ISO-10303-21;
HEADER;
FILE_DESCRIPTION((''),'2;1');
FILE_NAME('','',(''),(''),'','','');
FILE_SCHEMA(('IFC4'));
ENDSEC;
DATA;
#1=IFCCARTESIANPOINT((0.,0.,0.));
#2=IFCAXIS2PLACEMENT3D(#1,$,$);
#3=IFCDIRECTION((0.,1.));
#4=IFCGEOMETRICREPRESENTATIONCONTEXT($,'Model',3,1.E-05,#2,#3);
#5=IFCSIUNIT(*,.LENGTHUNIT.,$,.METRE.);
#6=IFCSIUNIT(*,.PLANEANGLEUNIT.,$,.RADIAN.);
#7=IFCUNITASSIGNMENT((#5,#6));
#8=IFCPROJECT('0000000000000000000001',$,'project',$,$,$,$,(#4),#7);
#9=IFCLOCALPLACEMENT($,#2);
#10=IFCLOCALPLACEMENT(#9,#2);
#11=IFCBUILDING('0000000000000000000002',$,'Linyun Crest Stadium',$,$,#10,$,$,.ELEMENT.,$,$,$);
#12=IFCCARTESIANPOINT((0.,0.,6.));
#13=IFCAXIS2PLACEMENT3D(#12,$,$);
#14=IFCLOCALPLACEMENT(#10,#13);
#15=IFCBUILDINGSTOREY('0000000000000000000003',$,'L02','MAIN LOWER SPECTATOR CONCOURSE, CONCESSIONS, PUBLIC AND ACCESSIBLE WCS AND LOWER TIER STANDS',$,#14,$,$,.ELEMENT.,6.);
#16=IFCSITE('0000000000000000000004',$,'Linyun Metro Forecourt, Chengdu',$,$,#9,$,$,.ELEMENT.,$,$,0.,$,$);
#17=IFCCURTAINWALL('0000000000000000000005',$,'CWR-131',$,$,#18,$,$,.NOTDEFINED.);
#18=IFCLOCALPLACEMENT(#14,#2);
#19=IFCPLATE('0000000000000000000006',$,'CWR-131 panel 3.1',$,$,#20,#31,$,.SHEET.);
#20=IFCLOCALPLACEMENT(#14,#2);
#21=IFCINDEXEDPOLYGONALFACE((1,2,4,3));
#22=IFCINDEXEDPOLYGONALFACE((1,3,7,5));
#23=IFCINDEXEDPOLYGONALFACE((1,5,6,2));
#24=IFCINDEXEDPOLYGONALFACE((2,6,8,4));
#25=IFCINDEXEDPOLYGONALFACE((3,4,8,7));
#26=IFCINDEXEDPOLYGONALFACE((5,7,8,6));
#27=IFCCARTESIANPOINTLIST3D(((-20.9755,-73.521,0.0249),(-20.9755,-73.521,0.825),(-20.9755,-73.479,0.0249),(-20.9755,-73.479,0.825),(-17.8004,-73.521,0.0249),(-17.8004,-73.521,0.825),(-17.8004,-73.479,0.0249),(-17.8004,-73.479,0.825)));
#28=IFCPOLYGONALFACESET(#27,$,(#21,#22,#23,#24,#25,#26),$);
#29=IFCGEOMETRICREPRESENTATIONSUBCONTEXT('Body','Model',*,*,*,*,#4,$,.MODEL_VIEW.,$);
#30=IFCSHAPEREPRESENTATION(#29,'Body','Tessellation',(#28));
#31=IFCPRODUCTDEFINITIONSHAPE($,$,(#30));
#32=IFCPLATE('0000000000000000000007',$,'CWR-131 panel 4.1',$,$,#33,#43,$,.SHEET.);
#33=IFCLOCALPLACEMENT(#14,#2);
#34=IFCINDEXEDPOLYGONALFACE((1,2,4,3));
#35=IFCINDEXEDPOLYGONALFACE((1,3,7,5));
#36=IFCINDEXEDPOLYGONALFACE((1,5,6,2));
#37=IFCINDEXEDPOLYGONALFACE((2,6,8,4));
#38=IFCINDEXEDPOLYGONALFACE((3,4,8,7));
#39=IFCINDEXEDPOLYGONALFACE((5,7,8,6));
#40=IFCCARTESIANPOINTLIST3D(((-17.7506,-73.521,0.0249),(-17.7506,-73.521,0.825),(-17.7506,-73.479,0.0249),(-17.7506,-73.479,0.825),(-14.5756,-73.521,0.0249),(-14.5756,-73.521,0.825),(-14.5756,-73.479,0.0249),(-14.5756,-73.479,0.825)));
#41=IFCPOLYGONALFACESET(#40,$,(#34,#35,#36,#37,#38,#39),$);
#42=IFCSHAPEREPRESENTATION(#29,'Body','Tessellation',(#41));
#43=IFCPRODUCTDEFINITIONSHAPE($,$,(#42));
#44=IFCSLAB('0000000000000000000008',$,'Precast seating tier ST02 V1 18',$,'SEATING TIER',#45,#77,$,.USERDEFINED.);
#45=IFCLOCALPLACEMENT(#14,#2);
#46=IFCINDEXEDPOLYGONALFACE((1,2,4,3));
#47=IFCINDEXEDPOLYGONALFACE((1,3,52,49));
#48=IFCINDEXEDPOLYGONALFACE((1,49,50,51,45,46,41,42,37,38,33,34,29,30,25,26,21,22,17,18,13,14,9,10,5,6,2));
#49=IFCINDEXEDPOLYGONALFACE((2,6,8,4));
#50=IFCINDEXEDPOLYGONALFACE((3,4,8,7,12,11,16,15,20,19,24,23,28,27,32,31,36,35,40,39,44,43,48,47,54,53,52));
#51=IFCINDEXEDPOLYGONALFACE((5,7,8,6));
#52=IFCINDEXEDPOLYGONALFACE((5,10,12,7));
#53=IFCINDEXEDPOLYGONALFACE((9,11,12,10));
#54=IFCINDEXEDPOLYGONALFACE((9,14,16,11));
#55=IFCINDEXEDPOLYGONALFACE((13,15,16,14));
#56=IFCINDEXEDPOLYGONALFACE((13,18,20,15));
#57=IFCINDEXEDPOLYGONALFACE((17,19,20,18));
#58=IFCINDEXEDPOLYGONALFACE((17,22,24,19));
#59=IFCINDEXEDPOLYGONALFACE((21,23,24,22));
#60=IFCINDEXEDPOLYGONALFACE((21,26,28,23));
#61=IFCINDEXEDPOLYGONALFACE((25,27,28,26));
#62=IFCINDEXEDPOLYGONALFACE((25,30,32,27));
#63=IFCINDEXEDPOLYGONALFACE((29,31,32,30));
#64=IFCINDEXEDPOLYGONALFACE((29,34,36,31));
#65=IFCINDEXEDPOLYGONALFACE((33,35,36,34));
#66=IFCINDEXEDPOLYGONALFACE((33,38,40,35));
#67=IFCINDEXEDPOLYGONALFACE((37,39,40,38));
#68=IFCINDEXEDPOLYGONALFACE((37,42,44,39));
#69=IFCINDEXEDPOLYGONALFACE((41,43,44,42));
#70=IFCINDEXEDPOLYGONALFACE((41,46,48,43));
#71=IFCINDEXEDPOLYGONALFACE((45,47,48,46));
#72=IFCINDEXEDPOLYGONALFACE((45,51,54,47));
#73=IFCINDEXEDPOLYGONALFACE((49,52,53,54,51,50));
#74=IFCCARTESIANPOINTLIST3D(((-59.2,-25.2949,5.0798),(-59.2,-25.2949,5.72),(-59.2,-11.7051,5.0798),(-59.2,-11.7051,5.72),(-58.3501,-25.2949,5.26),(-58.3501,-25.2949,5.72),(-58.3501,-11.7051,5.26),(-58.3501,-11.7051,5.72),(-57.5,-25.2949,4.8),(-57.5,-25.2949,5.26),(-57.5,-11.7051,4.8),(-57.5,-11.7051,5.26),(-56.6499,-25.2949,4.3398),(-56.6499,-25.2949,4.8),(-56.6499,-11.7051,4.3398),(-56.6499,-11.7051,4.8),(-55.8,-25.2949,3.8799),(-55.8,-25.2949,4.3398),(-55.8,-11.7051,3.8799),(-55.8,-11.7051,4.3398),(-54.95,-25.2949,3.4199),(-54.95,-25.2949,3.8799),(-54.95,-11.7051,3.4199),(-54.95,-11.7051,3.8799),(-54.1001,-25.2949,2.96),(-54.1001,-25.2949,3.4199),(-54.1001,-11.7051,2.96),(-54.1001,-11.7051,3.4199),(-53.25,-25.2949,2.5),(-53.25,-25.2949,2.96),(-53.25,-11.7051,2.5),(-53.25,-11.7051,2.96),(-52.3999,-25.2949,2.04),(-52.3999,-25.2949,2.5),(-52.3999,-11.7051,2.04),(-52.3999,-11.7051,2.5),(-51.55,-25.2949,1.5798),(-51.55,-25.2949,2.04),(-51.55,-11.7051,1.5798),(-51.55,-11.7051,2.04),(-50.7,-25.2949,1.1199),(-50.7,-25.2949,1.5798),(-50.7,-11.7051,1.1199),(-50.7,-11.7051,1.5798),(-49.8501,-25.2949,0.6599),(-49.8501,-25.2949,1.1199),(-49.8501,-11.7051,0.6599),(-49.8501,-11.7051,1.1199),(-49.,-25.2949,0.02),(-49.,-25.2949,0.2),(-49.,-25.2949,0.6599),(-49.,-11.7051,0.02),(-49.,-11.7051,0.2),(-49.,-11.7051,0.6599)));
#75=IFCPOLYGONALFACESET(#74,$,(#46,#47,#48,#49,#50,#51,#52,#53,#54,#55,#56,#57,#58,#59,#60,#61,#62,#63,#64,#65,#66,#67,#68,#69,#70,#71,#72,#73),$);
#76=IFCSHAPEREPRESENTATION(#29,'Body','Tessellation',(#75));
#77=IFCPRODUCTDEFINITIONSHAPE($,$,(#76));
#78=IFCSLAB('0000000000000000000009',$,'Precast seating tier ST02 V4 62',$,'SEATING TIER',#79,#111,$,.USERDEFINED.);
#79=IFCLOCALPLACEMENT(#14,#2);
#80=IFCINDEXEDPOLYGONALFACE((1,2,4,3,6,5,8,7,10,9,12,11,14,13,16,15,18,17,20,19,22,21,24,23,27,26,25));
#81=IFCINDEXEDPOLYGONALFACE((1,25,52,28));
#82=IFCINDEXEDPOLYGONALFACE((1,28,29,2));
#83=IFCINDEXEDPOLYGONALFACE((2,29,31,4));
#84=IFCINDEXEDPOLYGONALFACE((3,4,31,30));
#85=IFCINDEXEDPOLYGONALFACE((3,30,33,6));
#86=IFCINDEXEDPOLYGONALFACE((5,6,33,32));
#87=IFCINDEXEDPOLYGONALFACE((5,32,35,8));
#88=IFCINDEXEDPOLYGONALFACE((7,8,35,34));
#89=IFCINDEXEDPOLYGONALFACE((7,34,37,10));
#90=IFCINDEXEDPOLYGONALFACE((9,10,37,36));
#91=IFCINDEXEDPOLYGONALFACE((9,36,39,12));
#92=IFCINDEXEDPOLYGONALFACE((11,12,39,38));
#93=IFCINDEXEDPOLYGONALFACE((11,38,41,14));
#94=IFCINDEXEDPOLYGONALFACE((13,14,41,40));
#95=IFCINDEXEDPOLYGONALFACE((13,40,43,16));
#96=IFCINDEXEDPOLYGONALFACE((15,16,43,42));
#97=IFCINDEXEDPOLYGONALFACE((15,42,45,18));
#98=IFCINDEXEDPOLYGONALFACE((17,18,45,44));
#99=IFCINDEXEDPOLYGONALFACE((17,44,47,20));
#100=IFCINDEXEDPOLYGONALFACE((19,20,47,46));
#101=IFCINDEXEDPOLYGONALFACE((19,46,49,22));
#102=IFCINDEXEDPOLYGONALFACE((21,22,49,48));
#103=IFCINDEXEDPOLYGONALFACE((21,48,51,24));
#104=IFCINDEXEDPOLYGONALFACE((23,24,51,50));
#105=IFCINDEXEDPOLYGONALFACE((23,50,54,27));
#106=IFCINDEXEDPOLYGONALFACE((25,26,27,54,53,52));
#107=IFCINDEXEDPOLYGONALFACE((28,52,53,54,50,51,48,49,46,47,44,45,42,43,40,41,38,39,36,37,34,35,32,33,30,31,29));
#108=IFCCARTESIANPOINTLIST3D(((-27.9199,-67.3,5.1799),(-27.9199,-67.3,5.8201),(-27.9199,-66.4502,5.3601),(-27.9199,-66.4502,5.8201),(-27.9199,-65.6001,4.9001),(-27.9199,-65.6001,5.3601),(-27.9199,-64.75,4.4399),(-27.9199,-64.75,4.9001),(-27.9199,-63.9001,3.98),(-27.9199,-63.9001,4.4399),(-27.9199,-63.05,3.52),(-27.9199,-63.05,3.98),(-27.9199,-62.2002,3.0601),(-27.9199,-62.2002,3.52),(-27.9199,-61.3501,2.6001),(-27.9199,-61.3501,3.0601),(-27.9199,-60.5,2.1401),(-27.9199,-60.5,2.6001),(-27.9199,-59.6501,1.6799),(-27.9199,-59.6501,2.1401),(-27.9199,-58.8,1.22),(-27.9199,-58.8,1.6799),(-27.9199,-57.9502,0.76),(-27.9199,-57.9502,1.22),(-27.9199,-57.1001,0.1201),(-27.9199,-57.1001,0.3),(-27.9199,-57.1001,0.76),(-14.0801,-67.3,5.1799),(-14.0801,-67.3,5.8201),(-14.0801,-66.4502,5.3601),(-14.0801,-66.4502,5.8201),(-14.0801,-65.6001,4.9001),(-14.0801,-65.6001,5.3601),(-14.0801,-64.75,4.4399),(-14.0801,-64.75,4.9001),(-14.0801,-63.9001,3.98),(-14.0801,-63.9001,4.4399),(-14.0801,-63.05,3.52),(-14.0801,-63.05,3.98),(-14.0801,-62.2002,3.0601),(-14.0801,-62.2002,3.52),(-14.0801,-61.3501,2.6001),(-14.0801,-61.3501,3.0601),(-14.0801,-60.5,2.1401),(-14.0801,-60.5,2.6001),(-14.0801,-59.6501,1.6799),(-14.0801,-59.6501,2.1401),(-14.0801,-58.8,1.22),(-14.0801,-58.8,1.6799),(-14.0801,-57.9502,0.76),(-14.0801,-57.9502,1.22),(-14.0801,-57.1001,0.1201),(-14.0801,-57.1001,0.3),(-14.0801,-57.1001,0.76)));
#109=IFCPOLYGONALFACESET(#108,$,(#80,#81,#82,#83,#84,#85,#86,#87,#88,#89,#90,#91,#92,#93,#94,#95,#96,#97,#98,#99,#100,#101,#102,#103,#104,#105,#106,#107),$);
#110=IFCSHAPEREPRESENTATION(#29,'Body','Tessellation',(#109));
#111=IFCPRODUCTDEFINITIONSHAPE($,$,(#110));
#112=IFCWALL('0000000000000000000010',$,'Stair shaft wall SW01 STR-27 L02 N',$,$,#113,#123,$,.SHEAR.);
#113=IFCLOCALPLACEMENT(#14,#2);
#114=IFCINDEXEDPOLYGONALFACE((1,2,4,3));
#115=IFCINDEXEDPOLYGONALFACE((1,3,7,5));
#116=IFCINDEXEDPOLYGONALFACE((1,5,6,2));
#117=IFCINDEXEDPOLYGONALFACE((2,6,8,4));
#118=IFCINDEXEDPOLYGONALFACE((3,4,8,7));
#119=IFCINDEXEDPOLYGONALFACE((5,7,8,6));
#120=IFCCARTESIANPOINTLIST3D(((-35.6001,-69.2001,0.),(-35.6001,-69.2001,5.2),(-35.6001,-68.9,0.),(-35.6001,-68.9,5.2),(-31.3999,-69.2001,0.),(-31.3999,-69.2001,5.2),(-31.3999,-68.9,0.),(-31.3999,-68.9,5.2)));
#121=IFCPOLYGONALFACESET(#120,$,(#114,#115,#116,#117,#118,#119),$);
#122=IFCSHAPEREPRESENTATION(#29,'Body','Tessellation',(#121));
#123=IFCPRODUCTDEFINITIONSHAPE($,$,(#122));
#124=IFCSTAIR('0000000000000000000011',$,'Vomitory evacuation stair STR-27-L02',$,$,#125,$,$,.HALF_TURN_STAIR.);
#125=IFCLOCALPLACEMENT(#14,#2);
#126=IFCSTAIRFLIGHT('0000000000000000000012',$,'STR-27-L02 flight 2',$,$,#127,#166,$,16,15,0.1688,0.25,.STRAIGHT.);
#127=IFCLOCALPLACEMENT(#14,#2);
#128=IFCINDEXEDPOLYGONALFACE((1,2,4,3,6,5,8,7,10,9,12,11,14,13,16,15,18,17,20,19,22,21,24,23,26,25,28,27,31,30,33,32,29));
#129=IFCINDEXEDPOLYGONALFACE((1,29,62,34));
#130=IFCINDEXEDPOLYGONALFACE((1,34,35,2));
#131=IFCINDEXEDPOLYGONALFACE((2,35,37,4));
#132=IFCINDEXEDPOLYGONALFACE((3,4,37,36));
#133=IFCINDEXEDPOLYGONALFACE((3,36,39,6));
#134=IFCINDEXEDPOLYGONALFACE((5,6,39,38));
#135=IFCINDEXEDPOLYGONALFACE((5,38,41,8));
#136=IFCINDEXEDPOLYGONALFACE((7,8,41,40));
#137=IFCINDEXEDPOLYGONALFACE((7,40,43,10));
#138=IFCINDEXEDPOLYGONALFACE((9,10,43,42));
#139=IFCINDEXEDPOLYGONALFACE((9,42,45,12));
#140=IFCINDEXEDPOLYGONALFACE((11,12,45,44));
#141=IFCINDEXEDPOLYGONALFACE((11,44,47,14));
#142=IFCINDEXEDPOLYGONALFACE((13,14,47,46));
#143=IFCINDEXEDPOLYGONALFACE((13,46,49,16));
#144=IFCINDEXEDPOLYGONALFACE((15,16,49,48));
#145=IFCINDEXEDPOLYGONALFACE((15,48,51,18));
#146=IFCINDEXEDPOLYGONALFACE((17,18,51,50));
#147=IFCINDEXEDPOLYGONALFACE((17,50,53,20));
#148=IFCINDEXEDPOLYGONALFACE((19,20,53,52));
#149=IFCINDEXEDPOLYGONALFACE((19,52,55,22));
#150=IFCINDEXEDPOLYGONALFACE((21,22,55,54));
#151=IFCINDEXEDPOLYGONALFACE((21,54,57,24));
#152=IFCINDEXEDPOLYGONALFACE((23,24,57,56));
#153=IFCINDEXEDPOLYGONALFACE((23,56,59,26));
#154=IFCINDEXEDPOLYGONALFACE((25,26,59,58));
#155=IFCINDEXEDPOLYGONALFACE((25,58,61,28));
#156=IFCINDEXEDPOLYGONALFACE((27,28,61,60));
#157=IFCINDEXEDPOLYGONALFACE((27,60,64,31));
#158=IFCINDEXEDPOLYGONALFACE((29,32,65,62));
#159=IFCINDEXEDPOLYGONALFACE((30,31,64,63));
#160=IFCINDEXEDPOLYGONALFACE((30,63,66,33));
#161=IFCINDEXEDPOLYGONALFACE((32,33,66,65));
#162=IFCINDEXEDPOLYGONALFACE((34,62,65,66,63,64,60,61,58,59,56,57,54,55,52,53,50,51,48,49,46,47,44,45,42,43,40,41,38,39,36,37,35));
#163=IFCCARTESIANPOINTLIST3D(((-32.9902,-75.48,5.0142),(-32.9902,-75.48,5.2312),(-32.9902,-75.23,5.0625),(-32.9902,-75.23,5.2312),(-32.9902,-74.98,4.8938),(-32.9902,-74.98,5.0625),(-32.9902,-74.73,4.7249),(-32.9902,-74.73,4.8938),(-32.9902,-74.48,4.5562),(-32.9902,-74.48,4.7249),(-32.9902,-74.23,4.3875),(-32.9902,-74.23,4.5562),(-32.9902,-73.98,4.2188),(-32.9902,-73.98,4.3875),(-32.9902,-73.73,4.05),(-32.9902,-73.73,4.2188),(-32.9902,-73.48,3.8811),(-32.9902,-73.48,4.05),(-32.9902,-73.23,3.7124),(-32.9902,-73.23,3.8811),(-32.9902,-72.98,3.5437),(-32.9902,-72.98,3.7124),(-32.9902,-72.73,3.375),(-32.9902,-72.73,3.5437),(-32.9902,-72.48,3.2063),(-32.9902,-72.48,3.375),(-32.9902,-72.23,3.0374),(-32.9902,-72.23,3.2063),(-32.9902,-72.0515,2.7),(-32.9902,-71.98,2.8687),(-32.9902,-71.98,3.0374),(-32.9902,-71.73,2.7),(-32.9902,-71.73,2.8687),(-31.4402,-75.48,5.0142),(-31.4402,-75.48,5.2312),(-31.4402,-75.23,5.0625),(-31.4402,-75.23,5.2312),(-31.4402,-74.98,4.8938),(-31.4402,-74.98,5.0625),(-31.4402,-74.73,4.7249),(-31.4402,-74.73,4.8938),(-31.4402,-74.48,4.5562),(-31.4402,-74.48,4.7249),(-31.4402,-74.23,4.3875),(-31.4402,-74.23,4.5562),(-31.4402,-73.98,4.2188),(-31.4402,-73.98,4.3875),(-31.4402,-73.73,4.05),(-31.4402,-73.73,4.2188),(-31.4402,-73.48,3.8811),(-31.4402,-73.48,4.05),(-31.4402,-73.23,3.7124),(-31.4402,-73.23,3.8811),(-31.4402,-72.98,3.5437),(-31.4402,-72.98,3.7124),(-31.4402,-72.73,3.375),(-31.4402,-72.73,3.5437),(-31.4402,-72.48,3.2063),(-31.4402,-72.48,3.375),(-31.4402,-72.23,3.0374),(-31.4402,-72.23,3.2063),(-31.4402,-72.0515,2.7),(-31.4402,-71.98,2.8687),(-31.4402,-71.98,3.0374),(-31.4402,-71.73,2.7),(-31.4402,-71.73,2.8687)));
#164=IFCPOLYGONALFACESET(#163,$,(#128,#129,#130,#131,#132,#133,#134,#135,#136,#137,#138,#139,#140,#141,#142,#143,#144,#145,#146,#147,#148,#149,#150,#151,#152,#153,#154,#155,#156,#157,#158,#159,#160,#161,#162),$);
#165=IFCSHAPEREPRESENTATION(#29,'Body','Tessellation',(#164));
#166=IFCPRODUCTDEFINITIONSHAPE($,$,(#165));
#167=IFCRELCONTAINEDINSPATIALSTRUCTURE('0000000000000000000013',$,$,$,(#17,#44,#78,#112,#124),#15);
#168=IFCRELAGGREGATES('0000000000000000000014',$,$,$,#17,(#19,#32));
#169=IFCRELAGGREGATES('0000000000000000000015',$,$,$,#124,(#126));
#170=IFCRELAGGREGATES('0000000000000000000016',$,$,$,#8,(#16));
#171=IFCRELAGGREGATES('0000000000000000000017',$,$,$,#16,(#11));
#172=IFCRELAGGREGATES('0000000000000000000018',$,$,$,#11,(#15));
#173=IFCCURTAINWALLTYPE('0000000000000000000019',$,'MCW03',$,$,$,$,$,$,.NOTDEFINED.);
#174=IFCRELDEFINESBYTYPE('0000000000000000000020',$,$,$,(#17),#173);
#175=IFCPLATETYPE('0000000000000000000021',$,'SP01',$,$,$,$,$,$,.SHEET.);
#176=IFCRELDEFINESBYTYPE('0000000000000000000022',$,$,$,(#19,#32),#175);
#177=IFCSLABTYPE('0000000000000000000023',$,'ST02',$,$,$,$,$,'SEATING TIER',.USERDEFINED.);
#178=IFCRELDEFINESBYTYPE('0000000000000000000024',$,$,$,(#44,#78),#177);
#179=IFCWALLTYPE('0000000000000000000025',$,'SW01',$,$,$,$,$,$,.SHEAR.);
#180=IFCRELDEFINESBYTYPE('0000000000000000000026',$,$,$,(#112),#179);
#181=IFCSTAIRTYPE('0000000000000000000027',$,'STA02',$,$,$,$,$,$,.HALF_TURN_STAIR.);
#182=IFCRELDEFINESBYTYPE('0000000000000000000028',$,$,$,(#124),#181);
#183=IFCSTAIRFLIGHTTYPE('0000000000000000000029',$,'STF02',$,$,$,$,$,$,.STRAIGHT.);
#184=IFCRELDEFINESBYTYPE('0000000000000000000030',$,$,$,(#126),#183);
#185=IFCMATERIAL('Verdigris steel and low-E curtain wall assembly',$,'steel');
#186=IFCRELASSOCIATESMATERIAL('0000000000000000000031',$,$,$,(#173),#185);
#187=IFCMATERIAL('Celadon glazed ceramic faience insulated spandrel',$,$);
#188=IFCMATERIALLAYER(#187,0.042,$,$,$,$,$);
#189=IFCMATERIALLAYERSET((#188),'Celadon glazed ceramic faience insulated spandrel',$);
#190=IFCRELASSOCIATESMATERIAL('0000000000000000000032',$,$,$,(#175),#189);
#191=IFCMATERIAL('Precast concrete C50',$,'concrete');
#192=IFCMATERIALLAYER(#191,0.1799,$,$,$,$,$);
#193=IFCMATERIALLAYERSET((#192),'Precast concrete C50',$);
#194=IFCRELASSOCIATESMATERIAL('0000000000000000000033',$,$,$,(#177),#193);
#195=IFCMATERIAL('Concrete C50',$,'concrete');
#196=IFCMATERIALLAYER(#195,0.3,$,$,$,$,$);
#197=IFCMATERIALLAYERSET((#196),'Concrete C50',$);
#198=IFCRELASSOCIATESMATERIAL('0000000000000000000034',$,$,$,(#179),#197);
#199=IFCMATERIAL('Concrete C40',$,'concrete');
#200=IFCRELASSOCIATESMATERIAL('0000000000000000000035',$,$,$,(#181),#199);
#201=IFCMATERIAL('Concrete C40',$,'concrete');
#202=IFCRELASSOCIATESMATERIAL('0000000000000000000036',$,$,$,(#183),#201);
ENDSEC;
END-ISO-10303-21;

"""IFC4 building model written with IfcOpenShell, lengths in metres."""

from ifc_helpers import new_model, si_unit, direction, frame, frame_2d, origin, origin_2d, place, context, subcontext, project, spatial, polyline, rectangle, outline, extrude, material, layer, layer_set, type_object, element, aggregate, save


model = new_model("IFC4")

# Units and contexts
model_context = context("Model", 3, precision=1e-05, world=origin(), true_north=direction((0.0, 1.0)))
body_context = subcontext(model_context, "Body", "Model", "MODEL_VIEW")
ifc_project = project(units=[si_unit("LENGTHUNIT", "METRE"), si_unit("PLANEANGLEUNIT", "RADIAN")], contexts=[model_context])

# Site, building, storey
site_placement = place(None, origin())
site = spatial("IfcSite", under=ifc_project, at=site_placement, Name="Linyun Metro Forecourt, Chengdu", CompositionType="ELEMENT", RefElevation=0.0)
building_placement = place(site_placement, origin())
building = spatial("IfcBuilding", under=site, at=building_placement, Name="Linyun Crest Stadium", CompositionType="ELEMENT")
storey_placement = place(building_placement, frame((0.0, 0.0, 6.0)))
storey = spatial("IfcBuildingStorey", under=building, at=storey_placement, Name="L02", Description="MAIN LOWER SPECTATOR CONCOURSE, CONCESSIONS, PUBLIC AND ACCESSIBLE WCS AND LOWER TIER STANDS", CompositionType="ELEMENT", Elevation=6.0)

# Curtain wall
ifc_material_1 = material(Name="Verdigris steel and low-E curtain wall assembly", Category="steel")
curtain_wall_type = type_object("IfcCurtainWallType", Name="MCW03", PredefinedType="NOTDEFINED", material=ifc_material_1)
curtain_wall_placement = place(storey_placement, origin())
curtain_wall = element("IfcCurtainWall", 1, at=curtain_wall_placement, inside=storey, type_object=curtain_wall_type, Name="CWR-131", PredefinedType="NOTDEFINED")

# Plates
ifc_material_2 = material(Name="Celadon glazed ceramic faience insulated spandrel")
ifc_layer_1 = layer(ifc_material_2, 0.042)
ifc_layer_set_1 = layer_set([ifc_layer_1], Name="Celadon glazed ceramic faience insulated spandrel")
plate_type_1 = type_object("IfcPlateType", Name="SP01", PredefinedType="SHEET", material=ifc_layer_set_1)
plate_1_placement = place(storey_placement, frame((-19.3879, -73.5, 0.0249), z_axis=(0.0, 0.0, 1.0), x_axis=(1.0, 0.0, 0.0)))
plate_1 = element("IfcPlate", 2, at=plate_1_placement, type_object=plate_type_1, Name="CWR-131 panel 3.1", PredefinedType="SHEET", context=body_context, shape_type="SweptSolid", body=[
    extrude(rectangle(XDim=3.175, YDim=0.042, at=origin_2d()), origin(), (0.0, 0.0, 1.0), 0.8),
])
plate_2_placement = place(storey_placement, frame((-16.1631, -73.5, 0.0249), z_axis=(0.0, 0.0, 1.0), x_axis=(1.0, 0.0, 0.0)))
plate_2 = element("IfcPlate", 3, at=plate_2_placement, type_object=plate_type_1, Name="CWR-131 panel 4.1", PredefinedType="SHEET", context=body_context, shape_type="SweptSolid", body=[
    extrude(rectangle(XDim=3.175, YDim=0.042, at=origin_2d()), origin(), (0.0, 0.0, 1.0), 0.8),
])
aggregate(curtain_wall, [plate_1, plate_2])

# Slabs
ifc_material_3 = material(Name="Precast concrete C50", Category="concrete")
ifc_layer_2 = layer(ifc_material_3, 0.1799)
ifc_layer_set_2 = layer_set([ifc_layer_2], Name="Precast concrete C50")
slab_type = type_object("IfcSlabType", Name="ST02", ElementType="SEATING TIER", PredefinedType="USERDEFINED", material=ifc_layer_set_2)
slab_1_placement = place(storey_placement, frame((-49.0, -25.2949, 0.2), z_axis=(0.0, 0.0, 1.0), x_axis=(-1.0, 0.0, 0.0)))
element("IfcSlab", 4, at=slab_1_placement, inside=storey, type_object=slab_type, Name="Precast seating tier ST02 V1 18", ObjectType="SEATING TIER", PredefinedType="USERDEFINED", context=body_context, shape_type="SweptSolid", body=[
    extrude(outline(polyline([(0.0, 0.0), (0.0, 0.46), (0.8501, 0.46), (0.8501, 0.9199), (1.7, 0.9199), (1.7, 1.3799), (2.55, 1.3799), (2.55, 1.8401), (3.3999, 1.8401), (3.3999, 2.3), (4.25, 2.3), (4.25, 2.76), (5.1001, 2.76), (5.1001, 3.22), (5.95, 3.22), (5.95, 3.6799), (6.8, 3.6799), (6.8, 4.1399), (7.6499, 4.1399), (7.6499, 4.6001), (8.5, 4.6001), (8.5, 5.0601), (9.3501, 5.0601), (9.3501, 5.52), (10.2, 5.52), (10.2, 4.8799), (0.0, -0.1799), (0.0, 0.0)])), frame((0.0, 0.0, 0.0), z_axis=(0.0, -1.0, 0.0), x_axis=(1.0, 0.0, 0.0)), (0.0, 0.0, 1.0), 13.5898),
])
slab_2_placement = place(storey_placement, frame((-27.9199, -57.1001, 0.3), z_axis=(0.0, 0.0, 1.0), x_axis=(0.0, -1.0, 0.0)))
element("IfcSlab", 5, at=slab_2_placement, inside=storey, type_object=slab_type, Name="Precast seating tier ST02 V4 62", ObjectType="SEATING TIER", PredefinedType="USERDEFINED", context=body_context, shape_type="SweptSolid", body=[
    extrude(outline(polyline([(0.0, 0.0), (0.0, -0.46), (0.8501, -0.46), (0.8501, -0.9199), (1.7, -0.9199), (1.7, -1.3799), (2.55, -1.3799), (2.55, -1.8401), (3.3999, -1.8401), (3.3999, -2.3), (4.25, -2.3), (4.25, -2.76), (5.1001, -2.76), (5.1001, -3.22), (5.95, -3.22), (5.95, -3.6799), (6.8, -3.6799), (6.8, -4.1399), (7.6499, -4.1399), (7.6499, -4.6001), (8.5, -4.6001), (8.5, -5.0601), (9.3501, -5.0601), (9.3501, -5.52), (10.2, -5.52), (10.2, -4.8799), (0.0, 0.1799), (0.0, 0.0)])), frame((0.0, 0.0, 0.0), z_axis=(0.0, 1.0, 0.0), x_axis=(1.0, 0.0, 0.0)), (0.0, 0.0, 1.0), 13.8398),
])

# Wall
ifc_material_4 = material(Name="Concrete C50", Category="concrete")
ifc_layer_3 = layer(ifc_material_4, 0.3)
ifc_layer_set_3 = layer_set([ifc_layer_3], Name="Concrete C50")
wall_type = type_object("IfcWallType", Name="SW01", PredefinedType="SHEAR", material=ifc_layer_set_3)
wall_placement = place(storey_placement, frame((-35.6001, -69.05, 0.0), z_axis=(0.0, 0.0, 1.0), x_axis=(1.0, 0.0, 0.0)))
element("IfcWall", 6, at=wall_placement, inside=storey, type_object=wall_type, Name="Stair shaft wall SW01 STR-27 L02 N", PredefinedType="SHEAR", context=body_context, shape_type="SweptSolid", body=[
    extrude(rectangle(XDim=4.2002, YDim=0.3, at=frame_2d((2.1001, 0.0))), origin(), (0.0, 0.0, 1.0), 5.2),
])

# Stair, stair flight
ifc_material_5 = material(Name="Concrete C40", Category="concrete")
stair_type = type_object("IfcStairType", Name="STA02", PredefinedType="HALF_TURN_STAIR", material=ifc_material_5)
stair_placement = place(storey_placement, origin())
stair = element("IfcStair", 7, at=stair_placement, inside=storey, type_object=stair_type, Name="Vomitory evacuation stair STR-27-L02", PredefinedType="HALF_TURN_STAIR")
ifc_material_6 = material(Name="Concrete C40", Category="concrete")
stair_flight_type = type_object("IfcStairFlightType", Name="STF02", PredefinedType="STRAIGHT", material=ifc_material_6)
stair_flight_placement = place(storey_placement, frame((-32.2151, -71.73, 2.7), z_axis=(0.0, 0.0, 1.0), x_axis=(0.0, -1.0, 0.0)))
stair_flight = element("IfcStairFlight", 8, at=stair_flight_placement, type_object=stair_flight_type, Name="STR-27-L02 flight 2", NumberOfRisers=16, NumberOfTreads=15, PredefinedType="STRAIGHT", RiserHeight=0.1688, TreadLength=0.25, context=body_context, shape_type="SweptSolid", body=[
    extrude(outline(polyline([(0.0, 0.0), (0.0, 0.1687), (0.25, 0.1687), (0.25, 0.3374), (0.5, 0.3374), (0.5, 0.5063), (0.75, 0.5063), (0.75, 0.675), (1.0, 0.675), (1.0, 0.8438), (1.25, 0.8438), (1.25, 1.0125), (1.5, 1.0125), (1.5, 1.1812), (1.75, 1.1812), (1.75, 1.3501), (2.0, 1.3501), (2.0, 1.5188), (2.25, 1.5188), (2.25, 1.6875), (2.5, 1.6875), (2.5, 1.8562), (2.75, 1.8562), (2.75, 2.0249), (3.0, 2.0249), (3.0, 2.1938), (3.25, 2.1938), (3.25, 2.3625), (3.5, 2.3625), (3.5, 2.5312), (3.75, 2.5312), (3.75, 2.7), (3.75, 2.3142), (0.3215, 0.0), (0.0, 0.0)])), frame((0.0, 0.7749, 0.0), z_axis=(0.0, -1.0, 0.0), x_axis=(1.0, 0.0, 0.0)), (0.0, 0.0, 1.0), 1.55),
])
aggregate(stair, [stair_flight])

save(model, "model.ifc")
